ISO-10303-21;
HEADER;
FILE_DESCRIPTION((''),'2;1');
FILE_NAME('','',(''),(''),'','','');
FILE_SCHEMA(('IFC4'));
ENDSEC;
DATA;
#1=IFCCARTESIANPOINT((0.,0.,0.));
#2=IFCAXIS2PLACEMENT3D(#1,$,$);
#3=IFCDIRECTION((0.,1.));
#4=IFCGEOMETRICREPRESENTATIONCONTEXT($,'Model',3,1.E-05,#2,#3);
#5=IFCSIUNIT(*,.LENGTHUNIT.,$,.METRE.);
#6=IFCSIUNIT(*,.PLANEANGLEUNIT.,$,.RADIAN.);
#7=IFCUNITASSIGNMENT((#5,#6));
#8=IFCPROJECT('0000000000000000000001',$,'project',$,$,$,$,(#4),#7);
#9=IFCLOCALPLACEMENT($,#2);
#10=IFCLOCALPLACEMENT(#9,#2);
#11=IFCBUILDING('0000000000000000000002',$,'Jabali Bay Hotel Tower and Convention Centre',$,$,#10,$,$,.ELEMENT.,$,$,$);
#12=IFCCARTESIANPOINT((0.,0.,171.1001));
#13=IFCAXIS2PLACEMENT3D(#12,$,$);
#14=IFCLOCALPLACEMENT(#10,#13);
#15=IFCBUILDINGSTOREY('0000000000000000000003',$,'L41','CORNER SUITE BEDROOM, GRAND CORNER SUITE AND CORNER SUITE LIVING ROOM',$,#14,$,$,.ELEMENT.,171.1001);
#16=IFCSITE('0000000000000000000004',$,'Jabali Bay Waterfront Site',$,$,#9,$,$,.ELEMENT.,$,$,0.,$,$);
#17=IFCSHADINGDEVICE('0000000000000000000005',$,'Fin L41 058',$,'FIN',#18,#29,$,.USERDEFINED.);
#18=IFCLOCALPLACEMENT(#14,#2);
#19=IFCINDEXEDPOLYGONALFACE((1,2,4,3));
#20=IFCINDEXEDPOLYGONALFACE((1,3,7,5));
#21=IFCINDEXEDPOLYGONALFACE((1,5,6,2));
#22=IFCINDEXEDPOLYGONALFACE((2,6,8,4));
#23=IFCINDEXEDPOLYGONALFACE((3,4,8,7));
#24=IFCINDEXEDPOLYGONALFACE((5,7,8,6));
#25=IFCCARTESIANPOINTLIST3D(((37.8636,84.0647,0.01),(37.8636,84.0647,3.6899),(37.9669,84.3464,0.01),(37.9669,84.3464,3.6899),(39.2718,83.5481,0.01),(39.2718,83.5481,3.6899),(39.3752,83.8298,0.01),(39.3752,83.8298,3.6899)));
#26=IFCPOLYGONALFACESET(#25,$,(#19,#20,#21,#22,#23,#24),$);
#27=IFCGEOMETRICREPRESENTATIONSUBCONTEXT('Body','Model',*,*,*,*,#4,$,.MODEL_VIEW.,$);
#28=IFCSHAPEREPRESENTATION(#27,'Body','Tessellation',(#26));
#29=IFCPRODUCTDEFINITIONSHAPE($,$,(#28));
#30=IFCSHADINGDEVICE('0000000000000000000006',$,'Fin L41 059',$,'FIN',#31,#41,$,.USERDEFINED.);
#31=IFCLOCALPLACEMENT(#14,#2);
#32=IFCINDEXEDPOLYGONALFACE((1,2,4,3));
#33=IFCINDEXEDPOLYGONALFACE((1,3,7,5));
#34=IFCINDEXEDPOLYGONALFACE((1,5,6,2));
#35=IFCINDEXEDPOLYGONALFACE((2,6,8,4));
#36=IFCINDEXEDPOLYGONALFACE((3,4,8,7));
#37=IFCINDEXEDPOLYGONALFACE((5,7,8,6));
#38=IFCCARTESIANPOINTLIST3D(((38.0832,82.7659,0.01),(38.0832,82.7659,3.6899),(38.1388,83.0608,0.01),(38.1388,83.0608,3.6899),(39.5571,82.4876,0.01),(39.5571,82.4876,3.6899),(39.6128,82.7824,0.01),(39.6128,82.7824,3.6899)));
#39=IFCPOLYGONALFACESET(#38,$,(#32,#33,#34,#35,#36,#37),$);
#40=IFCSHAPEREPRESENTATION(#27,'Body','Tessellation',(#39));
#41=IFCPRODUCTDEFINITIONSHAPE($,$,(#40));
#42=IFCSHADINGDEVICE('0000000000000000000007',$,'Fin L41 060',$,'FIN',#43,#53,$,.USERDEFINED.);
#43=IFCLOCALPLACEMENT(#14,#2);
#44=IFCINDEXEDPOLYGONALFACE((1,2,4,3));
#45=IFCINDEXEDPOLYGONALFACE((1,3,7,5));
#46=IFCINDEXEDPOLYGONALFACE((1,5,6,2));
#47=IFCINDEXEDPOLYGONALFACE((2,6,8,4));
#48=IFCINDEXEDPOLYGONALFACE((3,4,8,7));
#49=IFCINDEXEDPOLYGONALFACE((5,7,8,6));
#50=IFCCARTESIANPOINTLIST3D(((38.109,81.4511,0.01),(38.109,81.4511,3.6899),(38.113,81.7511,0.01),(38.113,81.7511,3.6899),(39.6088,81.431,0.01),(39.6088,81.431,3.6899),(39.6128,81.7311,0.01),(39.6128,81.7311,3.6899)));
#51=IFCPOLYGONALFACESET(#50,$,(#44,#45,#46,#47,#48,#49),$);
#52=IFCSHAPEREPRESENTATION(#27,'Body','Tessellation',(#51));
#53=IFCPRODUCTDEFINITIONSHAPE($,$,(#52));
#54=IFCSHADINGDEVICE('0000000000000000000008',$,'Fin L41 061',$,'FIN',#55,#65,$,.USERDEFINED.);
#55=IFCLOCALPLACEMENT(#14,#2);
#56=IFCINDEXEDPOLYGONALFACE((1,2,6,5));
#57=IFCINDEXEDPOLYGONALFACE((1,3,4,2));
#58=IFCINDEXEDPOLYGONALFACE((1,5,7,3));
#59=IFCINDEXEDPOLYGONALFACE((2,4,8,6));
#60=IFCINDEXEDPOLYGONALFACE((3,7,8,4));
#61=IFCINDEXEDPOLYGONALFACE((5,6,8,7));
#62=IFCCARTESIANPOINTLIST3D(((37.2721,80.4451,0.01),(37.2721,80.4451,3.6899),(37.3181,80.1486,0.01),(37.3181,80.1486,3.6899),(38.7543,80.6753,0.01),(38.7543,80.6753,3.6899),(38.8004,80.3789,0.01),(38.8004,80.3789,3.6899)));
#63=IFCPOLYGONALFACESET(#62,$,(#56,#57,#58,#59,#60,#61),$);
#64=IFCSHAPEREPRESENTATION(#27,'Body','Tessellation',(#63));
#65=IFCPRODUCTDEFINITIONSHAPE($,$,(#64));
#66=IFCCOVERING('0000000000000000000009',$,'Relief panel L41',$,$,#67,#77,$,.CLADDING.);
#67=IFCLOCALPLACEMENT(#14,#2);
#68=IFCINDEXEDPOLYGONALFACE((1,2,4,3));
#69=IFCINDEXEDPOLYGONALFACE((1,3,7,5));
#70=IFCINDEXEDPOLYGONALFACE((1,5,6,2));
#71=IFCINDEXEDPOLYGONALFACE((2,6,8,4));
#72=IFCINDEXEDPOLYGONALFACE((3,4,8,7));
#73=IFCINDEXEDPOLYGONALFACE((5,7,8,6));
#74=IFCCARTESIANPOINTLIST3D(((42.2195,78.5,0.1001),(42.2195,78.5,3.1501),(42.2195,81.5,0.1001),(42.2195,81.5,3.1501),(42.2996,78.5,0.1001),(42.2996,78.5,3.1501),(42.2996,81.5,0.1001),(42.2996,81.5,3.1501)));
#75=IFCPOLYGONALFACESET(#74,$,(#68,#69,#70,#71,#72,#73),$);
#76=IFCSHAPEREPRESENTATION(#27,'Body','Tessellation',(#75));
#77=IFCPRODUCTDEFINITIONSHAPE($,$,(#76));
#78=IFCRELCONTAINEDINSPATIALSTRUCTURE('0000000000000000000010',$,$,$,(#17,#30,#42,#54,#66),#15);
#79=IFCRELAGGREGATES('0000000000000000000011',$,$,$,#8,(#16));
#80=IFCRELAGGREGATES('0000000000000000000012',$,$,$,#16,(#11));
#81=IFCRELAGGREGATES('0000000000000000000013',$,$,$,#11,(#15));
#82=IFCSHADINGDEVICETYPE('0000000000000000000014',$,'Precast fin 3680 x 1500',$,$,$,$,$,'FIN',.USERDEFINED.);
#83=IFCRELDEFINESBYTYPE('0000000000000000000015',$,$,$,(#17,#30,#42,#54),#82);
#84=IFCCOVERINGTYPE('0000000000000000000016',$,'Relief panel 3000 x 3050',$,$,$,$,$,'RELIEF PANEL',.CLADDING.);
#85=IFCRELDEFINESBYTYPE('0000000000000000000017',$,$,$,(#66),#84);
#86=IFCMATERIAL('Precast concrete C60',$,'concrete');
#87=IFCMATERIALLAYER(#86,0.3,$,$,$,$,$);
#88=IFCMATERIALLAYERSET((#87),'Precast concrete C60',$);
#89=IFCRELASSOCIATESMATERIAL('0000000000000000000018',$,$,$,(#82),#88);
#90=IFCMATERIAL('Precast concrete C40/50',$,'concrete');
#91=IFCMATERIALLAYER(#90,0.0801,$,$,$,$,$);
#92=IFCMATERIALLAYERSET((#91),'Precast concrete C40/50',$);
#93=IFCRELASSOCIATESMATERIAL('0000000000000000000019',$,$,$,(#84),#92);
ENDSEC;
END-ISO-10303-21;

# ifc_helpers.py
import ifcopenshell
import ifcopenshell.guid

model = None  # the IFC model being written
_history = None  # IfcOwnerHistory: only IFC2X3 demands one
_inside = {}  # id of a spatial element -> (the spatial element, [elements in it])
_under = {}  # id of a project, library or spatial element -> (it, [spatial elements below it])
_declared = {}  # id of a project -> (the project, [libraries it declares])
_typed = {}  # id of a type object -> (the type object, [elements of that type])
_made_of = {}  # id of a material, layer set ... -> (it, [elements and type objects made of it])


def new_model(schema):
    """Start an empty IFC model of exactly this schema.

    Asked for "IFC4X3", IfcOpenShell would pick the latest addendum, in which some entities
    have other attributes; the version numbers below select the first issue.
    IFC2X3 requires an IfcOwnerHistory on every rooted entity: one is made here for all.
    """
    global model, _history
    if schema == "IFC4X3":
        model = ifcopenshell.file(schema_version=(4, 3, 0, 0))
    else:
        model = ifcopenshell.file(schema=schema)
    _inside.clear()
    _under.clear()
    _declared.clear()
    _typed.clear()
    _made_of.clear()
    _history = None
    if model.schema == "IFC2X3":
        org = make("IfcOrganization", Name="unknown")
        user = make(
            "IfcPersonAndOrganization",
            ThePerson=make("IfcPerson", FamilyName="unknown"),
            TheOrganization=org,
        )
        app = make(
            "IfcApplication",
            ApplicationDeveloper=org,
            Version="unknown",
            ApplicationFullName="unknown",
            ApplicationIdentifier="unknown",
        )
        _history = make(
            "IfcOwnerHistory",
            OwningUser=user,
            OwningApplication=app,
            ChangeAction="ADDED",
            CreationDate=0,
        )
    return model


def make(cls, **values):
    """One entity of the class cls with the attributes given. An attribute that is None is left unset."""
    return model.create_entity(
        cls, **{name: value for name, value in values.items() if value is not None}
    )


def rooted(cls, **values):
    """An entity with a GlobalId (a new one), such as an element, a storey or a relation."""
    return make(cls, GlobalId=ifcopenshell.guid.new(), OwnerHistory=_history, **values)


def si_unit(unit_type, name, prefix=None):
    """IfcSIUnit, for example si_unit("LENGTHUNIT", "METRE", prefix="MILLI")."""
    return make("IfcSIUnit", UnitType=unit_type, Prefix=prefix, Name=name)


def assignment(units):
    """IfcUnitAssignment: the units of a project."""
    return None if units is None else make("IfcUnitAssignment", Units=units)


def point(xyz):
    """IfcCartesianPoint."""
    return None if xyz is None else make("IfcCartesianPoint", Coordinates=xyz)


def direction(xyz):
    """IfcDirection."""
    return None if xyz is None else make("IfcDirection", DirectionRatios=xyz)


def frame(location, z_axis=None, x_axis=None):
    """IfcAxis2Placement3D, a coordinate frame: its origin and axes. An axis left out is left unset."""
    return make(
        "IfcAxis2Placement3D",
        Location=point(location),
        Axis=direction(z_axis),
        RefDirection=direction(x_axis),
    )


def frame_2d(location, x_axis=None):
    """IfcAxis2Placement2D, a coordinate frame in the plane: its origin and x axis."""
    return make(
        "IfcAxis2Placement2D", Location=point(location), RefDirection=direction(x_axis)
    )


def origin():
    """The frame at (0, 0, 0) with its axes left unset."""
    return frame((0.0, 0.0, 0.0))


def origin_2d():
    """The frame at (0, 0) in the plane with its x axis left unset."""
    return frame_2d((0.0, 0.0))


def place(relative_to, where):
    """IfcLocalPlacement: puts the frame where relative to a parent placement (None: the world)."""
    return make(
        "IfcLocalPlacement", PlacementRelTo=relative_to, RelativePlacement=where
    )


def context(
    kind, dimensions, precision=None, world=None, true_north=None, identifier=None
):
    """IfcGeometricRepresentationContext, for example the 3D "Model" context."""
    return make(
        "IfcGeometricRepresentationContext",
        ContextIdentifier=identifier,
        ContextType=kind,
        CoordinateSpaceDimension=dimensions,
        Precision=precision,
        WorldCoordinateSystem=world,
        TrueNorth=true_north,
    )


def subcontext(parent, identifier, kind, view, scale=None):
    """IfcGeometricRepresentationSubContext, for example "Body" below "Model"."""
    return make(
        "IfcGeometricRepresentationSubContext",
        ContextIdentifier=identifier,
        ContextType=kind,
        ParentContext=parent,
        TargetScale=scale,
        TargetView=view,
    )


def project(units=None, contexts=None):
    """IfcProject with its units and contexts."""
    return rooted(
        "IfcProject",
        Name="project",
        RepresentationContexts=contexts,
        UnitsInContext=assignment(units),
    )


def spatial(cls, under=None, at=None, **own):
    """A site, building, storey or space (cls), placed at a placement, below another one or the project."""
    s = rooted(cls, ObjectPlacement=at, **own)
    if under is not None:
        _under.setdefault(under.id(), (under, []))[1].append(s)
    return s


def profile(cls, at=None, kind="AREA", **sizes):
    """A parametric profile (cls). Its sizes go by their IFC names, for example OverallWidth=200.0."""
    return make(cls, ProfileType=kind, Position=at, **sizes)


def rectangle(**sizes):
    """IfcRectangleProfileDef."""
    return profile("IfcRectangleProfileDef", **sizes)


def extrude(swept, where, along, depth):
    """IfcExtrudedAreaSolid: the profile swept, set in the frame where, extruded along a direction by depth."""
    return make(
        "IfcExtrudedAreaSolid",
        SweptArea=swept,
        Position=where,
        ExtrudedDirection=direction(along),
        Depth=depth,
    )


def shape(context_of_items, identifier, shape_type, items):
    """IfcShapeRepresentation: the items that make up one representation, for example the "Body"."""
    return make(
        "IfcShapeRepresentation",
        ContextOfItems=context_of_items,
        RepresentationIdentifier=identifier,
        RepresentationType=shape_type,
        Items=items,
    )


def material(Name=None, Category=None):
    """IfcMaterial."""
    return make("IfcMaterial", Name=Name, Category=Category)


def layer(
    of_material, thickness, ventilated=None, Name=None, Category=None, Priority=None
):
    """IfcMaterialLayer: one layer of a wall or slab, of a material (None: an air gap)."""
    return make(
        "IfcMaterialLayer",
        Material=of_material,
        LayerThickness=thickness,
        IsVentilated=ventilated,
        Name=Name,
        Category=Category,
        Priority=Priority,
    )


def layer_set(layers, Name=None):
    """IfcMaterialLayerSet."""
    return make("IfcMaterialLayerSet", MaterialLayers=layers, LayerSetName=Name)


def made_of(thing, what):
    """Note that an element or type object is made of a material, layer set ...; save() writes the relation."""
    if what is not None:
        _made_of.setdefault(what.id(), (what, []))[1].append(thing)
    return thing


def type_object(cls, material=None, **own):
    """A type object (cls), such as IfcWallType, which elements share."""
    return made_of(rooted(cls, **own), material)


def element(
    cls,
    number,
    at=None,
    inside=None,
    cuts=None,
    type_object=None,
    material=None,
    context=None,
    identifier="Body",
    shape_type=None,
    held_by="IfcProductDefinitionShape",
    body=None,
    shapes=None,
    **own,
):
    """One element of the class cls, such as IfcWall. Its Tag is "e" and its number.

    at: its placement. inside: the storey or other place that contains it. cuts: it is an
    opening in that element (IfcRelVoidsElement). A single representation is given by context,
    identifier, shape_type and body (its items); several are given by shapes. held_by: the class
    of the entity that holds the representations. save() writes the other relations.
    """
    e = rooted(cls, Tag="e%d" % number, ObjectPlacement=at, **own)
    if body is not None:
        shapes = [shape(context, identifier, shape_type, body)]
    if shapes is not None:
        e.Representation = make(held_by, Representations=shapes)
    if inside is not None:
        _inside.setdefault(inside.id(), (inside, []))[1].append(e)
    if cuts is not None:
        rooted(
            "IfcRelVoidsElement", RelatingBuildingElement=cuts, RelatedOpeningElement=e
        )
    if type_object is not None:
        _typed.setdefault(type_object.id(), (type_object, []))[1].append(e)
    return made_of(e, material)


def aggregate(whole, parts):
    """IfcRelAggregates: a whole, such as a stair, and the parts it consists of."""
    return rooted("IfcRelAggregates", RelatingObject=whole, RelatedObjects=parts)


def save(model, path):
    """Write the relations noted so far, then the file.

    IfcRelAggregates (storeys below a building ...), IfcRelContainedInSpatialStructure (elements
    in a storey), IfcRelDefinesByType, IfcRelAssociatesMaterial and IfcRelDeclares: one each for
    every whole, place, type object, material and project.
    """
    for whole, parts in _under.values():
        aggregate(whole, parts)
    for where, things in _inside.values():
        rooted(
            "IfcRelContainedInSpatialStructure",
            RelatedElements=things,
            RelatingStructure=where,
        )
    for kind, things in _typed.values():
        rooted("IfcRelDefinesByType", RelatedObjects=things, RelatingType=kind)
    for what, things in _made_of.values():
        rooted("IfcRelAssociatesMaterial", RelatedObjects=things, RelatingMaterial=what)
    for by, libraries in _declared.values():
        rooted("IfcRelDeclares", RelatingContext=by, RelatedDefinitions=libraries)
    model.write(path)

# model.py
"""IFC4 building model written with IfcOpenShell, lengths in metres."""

from ifc_helpers import new_model, si_unit, direction, frame, frame_2d, origin, origin_2d, place, context, subcontext, project, spatial, rectangle, extrude, material, layer, layer_set, type_object, element, save


model = new_model("IFC4")

# Units and contexts
model_context = context("Model", 3, precision=1e-05, world=origin(), true_north=direction((0.0, 1.0)))
body_context = subcontext(model_context, "Body", "Model", "MODEL_VIEW")
ifc_project = project(units=[si_unit("LENGTHUNIT", "METRE"), si_unit("PLANEANGLEUNIT", "RADIAN")], contexts=[model_context])

# Site, building, storey
site_placement = place(None, origin())
site = spatial("IfcSite", under=ifc_project, at=site_placement, Name="Jabali Bay Waterfront Site", CompositionType="ELEMENT", RefElevation=0.0)
building_placement = place(site_placement, origin())
building = spatial("IfcBuilding", under=site, at=building_placement, Name="Jabali Bay Hotel Tower and Convention Centre", CompositionType="ELEMENT")
storey_placement = place(building_placement, frame((0.0, 0.0, 171.1001)))
storey = spatial("IfcBuildingStorey", under=building, at=storey_placement, Name="L41", Description="CORNER SUITE BEDROOM, GRAND CORNER SUITE AND CORNER SUITE LIVING ROOM", CompositionType="ELEMENT", Elevation=171.1001)

# Shading devices
ifc_material_1 = material(Name="Precast concrete C60", Category="concrete")
ifc_layer_1 = layer(ifc_material_1, 0.3)
ifc_layer_set_1 = layer_set([ifc_layer_1], Name="Precast concrete C60")
shading_device_type_1 = type_object("IfcShadingDeviceType", Name="Precast fin 3680 x 1500", ElementType="FIN", PredefinedType="USERDEFINED", material=ifc_layer_set_1)
for number, where, z_axis, x_axis, name in (
    (1, (39.3235, 83.689, 0.01), (0.0, 0.0, 1.0), (-0.93882, 0.344408, 0.0), "Fin L41 058"),
    (2, (39.585, 82.635, 0.01), (0.0, 0.0, 1.0), (-0.982634, 0.185556, 0.0), "Fin L41 059"),
    (3, (39.6108, 81.5811, 0.01), (0.0, 0.0, 1.0), (-0.999911, 0.013347, 0.0), "Fin L41 060"),
    (4, (38.7773, 80.5271, 0.01), (0.0, 0.0, 1.0), (-0.988151, -0.153488, 0.0), "Fin L41 061"),
):
    element("IfcShadingDevice", number, at=place(storey_placement, frame(where, z_axis=z_axis, x_axis=x_axis)), inside=storey, type_object=shading_device_type_1, Name=name, ObjectType="FIN", PredefinedType="USERDEFINED", context=body_context, shape_type="SweptSolid", body=[
        extrude(rectangle(XDim=1.5, YDim=0.3, at=frame_2d((0.75, 0.0))), origin(), (0.0, 0.0, 1.0), 3.6799),
    ])

# Covering
ifc_material_2 = material(Name="Precast concrete C40/50", Category="concrete")
ifc_layer_2 = layer(ifc_material_2, 0.0801)
ifc_layer_set_2 = layer_set([ifc_layer_2], Name="Precast concrete C40/50")
covering_type = type_object("IfcCoveringType", Name="Relief panel 3000 x 3050", ElementType="RELIEF PANEL", PredefinedType="CLADDING", material=ifc_layer_set_2)
covering_placement = place(storey_placement, frame((42.2595, 80.0, 0.1001), z_axis=(0.0, 0.0, 1.0), x_axis=(0.0, 1.0, 0.0)))
element("IfcCovering", 5, at=covering_placement, inside=storey, type_object=covering_type, Name="Relief panel L41", PredefinedType="CLADDING", context=body_context, shape_type="SweptSolid", body=[
    extrude(rectangle(XDim=3.0, YDim=0.0801, at=origin_2d()), origin(), (0.0, 0.0, 1.0), 3.05),
])

save(model, "model.ifc")
